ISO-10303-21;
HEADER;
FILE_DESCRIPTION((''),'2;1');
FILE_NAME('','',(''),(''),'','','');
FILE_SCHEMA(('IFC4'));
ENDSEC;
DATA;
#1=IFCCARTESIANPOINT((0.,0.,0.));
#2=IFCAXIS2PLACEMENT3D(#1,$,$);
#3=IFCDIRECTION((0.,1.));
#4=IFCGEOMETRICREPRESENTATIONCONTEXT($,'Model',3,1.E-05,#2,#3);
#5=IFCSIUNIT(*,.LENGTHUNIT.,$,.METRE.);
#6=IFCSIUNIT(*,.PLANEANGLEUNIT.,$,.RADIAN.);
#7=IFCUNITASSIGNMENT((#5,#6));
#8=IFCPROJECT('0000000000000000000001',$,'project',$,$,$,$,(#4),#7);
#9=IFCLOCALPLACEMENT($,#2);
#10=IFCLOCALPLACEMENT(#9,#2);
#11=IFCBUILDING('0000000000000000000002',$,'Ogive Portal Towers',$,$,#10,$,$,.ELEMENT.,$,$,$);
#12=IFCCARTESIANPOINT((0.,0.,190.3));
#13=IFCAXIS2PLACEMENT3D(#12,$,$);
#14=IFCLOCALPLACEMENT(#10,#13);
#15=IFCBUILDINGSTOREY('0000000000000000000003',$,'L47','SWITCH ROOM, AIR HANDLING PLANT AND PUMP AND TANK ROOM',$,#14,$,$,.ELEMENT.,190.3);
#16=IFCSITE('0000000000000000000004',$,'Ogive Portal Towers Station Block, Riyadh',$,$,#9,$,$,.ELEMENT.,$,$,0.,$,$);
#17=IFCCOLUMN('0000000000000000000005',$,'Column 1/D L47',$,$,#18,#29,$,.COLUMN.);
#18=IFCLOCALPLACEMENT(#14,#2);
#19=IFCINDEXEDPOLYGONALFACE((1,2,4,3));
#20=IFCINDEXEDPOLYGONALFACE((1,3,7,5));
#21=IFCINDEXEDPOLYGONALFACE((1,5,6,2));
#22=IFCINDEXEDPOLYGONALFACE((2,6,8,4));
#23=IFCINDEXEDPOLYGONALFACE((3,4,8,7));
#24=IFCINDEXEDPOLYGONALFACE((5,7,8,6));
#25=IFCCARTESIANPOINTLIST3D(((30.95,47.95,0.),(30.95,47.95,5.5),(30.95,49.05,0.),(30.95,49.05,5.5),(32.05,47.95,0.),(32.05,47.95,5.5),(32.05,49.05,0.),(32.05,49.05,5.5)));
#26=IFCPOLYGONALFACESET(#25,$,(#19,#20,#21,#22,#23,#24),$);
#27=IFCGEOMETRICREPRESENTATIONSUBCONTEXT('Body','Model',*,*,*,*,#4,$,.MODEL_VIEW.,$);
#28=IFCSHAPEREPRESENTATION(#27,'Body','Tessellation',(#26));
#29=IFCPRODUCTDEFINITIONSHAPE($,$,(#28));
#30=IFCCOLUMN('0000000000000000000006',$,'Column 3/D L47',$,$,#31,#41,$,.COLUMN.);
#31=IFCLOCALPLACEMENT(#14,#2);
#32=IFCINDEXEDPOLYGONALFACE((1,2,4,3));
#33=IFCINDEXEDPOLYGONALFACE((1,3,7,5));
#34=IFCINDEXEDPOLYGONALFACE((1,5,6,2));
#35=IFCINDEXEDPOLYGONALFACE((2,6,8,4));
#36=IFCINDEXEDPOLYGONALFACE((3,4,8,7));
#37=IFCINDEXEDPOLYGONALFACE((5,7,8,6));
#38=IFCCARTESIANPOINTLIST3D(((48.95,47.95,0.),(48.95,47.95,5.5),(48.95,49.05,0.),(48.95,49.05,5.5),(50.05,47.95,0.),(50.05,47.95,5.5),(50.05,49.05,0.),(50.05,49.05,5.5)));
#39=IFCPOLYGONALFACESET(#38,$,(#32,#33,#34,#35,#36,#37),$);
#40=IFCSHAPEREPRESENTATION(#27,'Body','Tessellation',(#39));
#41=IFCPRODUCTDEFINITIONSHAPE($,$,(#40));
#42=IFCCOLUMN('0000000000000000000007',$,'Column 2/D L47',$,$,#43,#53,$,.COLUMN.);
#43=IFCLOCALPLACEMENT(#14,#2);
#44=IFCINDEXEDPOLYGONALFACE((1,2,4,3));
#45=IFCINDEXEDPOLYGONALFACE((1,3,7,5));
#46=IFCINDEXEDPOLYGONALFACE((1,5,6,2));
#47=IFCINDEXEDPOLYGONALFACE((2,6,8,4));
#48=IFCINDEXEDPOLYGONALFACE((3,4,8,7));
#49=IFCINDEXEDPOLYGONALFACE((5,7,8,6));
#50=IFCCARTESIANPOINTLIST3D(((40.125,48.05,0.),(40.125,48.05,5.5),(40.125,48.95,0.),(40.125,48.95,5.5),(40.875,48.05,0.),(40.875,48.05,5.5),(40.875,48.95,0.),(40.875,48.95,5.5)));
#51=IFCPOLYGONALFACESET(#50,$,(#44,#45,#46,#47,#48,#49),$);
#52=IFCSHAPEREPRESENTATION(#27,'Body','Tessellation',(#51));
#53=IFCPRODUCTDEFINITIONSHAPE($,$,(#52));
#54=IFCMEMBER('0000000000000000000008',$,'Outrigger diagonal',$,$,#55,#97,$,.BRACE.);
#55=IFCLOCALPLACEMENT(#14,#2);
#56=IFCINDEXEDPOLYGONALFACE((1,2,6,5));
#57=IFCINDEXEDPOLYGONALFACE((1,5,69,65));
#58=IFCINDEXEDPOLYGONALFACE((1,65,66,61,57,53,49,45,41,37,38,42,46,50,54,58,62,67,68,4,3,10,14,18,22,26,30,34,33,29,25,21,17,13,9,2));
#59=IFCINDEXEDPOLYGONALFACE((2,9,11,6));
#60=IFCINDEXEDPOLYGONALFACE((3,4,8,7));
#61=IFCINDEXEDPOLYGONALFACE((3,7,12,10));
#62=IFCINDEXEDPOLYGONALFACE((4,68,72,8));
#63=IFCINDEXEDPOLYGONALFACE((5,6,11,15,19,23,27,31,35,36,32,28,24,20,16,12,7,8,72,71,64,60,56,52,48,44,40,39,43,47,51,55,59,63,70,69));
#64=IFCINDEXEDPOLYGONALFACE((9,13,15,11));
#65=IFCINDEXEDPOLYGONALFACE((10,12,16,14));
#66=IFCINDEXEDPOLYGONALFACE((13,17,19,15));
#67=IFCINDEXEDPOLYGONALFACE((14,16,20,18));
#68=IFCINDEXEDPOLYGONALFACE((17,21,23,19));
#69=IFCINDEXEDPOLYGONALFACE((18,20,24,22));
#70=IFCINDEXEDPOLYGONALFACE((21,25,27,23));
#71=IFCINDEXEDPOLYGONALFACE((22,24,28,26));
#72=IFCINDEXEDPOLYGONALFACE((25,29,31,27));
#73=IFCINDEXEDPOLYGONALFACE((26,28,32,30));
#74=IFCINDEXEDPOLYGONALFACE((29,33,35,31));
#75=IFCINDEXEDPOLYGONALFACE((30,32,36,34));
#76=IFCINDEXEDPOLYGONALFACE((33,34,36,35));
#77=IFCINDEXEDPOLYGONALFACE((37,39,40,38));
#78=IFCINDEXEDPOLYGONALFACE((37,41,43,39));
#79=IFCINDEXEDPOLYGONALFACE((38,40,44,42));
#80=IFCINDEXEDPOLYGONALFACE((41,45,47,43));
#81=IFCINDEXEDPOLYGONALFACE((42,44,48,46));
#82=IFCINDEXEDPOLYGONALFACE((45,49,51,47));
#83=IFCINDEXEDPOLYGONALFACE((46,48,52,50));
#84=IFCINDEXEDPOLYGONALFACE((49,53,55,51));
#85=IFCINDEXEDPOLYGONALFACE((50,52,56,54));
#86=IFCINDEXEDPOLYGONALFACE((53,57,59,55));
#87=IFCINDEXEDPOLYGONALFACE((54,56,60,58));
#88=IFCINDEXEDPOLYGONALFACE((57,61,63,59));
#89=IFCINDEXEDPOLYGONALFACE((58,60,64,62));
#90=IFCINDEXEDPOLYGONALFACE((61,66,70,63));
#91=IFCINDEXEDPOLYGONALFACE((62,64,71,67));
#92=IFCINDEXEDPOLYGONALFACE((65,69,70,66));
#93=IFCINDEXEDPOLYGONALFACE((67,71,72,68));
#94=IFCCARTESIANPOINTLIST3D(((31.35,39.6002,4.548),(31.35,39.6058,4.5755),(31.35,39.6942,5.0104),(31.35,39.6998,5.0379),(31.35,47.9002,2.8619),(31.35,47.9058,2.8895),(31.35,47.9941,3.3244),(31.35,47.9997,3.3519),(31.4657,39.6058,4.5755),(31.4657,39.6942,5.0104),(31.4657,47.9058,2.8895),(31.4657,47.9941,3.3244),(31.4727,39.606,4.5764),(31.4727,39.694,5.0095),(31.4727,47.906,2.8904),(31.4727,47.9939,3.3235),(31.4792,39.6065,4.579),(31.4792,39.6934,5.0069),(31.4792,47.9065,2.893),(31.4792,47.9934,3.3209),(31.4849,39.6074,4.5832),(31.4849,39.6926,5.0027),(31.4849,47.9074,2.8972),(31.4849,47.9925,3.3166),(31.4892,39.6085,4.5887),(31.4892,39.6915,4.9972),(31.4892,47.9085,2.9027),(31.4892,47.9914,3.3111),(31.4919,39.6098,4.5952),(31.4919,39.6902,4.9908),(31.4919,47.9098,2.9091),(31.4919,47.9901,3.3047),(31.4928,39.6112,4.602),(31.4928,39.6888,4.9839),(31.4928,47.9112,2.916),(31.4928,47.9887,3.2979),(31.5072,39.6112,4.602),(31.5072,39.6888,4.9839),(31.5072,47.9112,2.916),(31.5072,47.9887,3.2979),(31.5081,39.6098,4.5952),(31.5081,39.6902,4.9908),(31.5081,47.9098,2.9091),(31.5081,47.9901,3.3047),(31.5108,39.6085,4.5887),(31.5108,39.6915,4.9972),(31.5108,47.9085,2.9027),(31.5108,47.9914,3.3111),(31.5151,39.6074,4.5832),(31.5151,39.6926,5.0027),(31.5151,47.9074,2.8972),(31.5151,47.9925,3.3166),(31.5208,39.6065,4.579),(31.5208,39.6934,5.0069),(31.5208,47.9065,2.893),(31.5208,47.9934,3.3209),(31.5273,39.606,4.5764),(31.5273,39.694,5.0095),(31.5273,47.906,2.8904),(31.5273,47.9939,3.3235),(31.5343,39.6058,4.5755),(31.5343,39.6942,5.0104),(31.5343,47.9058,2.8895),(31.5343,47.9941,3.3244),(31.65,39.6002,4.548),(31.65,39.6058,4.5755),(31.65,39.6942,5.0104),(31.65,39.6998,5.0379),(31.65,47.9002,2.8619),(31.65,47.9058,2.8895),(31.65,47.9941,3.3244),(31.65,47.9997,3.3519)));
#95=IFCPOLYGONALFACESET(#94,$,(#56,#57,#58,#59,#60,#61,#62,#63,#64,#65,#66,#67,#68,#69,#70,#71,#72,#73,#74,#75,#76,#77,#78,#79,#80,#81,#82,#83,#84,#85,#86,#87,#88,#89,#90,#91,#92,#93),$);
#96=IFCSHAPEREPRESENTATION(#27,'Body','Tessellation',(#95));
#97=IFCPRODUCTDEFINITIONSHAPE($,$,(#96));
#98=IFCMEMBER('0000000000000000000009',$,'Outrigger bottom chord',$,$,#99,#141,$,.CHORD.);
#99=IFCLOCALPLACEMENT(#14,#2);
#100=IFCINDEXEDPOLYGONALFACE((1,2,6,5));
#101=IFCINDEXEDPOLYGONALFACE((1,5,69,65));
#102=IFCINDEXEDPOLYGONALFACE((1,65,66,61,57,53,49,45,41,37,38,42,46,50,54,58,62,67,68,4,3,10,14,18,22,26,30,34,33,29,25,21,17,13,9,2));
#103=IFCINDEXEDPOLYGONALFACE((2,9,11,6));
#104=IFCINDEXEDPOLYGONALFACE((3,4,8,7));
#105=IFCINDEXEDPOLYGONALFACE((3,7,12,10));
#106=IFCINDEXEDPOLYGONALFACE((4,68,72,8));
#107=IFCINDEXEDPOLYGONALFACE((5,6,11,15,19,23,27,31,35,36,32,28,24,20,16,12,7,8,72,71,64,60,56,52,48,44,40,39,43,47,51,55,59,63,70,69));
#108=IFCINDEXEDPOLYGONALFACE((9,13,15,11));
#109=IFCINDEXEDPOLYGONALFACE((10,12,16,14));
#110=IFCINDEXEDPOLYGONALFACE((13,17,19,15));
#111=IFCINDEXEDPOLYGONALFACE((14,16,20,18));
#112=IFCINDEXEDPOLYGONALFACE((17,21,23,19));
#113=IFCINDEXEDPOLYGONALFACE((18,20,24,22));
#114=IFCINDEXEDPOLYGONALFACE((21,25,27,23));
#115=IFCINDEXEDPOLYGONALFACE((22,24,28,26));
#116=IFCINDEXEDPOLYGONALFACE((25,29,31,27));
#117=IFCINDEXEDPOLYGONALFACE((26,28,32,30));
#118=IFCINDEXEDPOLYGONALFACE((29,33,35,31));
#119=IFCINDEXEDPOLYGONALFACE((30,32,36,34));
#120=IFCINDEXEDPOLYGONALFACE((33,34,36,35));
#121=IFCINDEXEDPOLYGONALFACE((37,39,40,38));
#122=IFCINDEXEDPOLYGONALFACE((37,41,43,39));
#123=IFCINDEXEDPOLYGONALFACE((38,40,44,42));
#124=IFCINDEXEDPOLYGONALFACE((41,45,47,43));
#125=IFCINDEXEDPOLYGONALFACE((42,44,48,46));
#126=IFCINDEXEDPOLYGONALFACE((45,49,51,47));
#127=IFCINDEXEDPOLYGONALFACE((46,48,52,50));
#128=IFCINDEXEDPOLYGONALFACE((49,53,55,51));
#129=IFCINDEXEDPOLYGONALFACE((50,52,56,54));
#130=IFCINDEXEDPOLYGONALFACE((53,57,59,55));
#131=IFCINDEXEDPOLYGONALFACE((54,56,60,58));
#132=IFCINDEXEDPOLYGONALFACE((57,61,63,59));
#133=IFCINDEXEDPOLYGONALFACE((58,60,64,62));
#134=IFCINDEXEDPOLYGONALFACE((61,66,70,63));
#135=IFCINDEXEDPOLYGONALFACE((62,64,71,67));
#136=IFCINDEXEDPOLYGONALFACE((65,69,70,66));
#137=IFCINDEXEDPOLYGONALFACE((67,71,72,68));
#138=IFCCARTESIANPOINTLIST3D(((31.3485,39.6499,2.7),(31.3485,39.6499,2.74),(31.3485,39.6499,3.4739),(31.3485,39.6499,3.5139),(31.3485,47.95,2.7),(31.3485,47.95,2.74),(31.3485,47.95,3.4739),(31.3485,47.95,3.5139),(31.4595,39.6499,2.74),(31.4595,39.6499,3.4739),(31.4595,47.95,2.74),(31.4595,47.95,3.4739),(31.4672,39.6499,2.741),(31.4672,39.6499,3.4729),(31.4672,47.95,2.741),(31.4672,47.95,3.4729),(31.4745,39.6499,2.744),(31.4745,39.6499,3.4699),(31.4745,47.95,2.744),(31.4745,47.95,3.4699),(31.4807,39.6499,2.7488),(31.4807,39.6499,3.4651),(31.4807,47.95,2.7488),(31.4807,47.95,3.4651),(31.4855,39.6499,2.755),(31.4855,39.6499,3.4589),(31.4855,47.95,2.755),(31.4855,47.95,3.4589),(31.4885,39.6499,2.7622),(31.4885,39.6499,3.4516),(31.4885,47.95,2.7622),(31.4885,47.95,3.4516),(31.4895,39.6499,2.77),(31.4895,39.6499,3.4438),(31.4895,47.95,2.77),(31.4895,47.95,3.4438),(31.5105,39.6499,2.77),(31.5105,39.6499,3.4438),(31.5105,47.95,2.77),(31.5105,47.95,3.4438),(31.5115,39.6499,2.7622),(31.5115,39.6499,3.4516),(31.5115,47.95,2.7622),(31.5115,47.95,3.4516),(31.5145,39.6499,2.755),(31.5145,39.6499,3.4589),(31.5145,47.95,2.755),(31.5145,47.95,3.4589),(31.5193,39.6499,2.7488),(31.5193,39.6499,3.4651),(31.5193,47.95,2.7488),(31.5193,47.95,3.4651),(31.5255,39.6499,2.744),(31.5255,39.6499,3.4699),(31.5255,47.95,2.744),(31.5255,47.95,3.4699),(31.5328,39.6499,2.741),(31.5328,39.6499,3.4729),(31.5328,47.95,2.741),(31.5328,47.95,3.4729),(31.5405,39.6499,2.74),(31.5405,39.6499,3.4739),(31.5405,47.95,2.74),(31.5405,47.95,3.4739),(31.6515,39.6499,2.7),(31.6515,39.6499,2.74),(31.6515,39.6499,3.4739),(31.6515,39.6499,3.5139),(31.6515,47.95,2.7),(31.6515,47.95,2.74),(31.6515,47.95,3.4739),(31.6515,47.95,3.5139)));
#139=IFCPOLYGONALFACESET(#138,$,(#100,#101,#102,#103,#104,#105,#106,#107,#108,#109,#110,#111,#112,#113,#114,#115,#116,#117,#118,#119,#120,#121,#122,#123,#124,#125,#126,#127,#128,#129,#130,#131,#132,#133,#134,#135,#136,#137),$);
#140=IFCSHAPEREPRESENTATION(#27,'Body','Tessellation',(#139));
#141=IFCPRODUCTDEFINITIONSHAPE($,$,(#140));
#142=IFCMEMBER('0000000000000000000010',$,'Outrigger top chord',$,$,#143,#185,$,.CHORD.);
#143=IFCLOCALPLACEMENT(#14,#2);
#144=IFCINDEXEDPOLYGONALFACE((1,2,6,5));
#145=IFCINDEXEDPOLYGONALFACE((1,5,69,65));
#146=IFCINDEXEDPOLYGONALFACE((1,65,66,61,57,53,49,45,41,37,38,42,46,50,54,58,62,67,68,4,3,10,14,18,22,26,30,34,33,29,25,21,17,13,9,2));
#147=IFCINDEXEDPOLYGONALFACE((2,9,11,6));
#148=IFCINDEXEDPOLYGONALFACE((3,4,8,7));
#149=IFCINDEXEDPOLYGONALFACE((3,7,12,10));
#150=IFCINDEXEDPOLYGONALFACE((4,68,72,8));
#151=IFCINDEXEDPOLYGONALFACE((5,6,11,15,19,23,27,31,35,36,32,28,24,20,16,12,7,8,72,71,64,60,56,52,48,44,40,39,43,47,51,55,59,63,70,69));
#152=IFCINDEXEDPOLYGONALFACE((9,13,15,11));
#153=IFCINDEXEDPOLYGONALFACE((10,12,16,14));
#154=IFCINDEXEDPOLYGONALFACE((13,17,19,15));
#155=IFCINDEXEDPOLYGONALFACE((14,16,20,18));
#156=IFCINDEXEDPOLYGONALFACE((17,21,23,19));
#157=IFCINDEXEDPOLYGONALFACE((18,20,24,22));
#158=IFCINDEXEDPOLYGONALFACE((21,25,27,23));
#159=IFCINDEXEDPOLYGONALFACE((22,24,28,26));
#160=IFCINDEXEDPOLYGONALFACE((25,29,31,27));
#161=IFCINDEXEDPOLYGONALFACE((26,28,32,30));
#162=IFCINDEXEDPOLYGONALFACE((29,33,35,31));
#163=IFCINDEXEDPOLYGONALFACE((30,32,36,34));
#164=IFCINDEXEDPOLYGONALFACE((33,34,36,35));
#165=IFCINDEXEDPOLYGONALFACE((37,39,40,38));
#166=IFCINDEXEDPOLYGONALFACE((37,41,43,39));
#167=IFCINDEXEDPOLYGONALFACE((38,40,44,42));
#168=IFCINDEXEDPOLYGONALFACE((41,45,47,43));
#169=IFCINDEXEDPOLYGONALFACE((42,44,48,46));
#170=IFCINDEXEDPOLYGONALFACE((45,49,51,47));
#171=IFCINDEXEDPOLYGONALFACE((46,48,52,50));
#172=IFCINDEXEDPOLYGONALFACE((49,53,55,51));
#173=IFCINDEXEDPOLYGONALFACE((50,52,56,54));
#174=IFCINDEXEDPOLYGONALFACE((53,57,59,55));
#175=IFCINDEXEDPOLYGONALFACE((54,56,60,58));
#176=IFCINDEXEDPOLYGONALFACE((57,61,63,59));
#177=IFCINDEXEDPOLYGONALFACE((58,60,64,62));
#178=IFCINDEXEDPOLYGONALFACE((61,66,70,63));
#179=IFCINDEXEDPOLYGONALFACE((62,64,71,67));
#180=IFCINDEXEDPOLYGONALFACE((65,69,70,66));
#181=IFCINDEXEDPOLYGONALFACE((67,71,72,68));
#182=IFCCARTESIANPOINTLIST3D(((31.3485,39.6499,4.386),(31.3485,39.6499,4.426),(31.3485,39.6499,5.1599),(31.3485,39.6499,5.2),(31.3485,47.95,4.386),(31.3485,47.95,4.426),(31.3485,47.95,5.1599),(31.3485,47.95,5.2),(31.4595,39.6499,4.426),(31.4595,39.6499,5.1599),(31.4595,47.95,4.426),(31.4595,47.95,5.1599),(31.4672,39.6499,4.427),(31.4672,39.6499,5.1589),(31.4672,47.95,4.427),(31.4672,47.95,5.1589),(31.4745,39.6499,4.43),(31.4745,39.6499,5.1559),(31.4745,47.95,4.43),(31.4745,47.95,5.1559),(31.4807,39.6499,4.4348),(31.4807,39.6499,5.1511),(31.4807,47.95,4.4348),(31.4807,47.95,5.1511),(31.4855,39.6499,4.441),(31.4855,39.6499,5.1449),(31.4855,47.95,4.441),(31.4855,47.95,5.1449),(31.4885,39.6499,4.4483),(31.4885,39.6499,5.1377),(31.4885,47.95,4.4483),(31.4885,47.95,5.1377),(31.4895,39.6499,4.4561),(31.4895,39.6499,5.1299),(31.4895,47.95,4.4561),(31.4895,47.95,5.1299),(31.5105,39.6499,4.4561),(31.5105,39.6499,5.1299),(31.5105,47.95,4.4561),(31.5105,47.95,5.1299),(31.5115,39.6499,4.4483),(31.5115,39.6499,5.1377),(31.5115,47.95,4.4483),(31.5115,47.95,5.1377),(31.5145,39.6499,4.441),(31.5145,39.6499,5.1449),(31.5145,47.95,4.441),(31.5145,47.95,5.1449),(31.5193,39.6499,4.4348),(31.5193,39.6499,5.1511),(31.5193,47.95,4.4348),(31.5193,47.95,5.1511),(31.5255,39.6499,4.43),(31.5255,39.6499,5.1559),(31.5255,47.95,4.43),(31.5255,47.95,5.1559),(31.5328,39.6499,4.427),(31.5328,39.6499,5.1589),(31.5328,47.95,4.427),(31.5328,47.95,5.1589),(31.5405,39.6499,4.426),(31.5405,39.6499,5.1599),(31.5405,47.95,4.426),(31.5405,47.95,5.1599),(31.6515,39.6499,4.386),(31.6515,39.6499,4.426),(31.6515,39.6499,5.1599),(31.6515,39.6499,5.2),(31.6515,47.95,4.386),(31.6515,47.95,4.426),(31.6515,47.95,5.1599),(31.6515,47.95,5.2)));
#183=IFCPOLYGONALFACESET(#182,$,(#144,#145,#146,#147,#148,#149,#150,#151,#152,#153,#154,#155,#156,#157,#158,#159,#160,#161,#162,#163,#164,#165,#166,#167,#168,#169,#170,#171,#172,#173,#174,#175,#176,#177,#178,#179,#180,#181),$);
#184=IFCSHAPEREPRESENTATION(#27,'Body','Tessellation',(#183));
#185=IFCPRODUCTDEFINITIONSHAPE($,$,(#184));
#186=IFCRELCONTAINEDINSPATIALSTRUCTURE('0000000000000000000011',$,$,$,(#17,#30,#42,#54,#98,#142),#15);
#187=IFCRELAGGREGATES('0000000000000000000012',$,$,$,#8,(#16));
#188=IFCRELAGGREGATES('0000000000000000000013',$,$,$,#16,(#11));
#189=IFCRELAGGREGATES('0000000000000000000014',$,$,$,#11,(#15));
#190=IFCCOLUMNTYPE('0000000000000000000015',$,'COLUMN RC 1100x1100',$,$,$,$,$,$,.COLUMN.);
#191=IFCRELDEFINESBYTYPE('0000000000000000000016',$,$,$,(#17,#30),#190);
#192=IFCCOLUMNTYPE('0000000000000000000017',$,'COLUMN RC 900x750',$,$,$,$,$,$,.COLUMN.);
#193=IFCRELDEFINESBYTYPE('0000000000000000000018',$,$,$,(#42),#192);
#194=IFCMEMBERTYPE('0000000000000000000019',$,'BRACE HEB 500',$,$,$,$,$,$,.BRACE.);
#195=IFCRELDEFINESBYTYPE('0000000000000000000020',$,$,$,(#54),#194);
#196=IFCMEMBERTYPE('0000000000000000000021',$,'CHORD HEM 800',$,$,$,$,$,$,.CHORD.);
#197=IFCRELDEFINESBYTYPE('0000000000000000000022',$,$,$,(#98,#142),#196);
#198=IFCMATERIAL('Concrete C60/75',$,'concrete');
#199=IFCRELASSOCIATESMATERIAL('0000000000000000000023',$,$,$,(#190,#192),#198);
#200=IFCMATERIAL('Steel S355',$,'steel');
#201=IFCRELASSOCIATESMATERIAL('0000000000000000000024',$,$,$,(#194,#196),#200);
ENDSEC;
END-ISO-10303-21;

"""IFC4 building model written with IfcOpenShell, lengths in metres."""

from ifc_helpers import new_model, si_unit, direction, frame, origin, origin_2d, place, context, subcontext, project, spatial, rectangle, i_section, extrude, material, material_profile, profile_set, type_object, element, save


model = new_model("IFC4")

# Units and contexts
model_context = context("Model", 3, precision=1e-05, world=origin(), true_north=direction((0.0, 1.0)))
body_context = subcontext(model_context, "Body", "Model", "MODEL_VIEW")
ifc_project = project(units=[si_unit("LENGTHUNIT", "METRE"), si_unit("PLANEANGLEUNIT", "RADIAN")], contexts=[model_context])

# Site, building, storey
site_placement = place(None, origin())
site = spatial("IfcSite", under=ifc_project, at=site_placement, Name="Ogive Portal Towers Station Block, Riyadh", CompositionType="ELEMENT", RefElevation=0.0)
building_placement = place(site_placement, origin())
building = spatial("IfcBuilding", under=site, at=building_placement, Name="Ogive Portal Towers", CompositionType="ELEMENT")
storey_placement = place(building_placement, frame((0.0, 0.0, 190.3)))
storey = spatial("IfcBuildingStorey", under=building, at=storey_placement, Name="L47", Description="SWITCH ROOM, AIR HANDLING PLANT AND PUMP AND TANK ROOM", CompositionType="ELEMENT", Elevation=190.3)

# Columns
ifc_material_1 = material(Name="Concrete C60/75", Category="concrete")
ifc_material_profile_1 = material_profile(ifc_material_1, rectangle(XDim=1.1001, YDim=1.1001, at=origin_2d()), Name="RC 1100x1100")
ifc_profile_set_1 = profile_set([ifc_material_profile_1], Name="Concrete C60/75")
column_type_1 = type_object("IfcColumnType", Name="COLUMN RC 1100x1100", PredefinedType="COLUMN", material=ifc_profile_set_1)
for number, where, z_axis, x_axis, name in (
    (1, (31.5, 48.5, 0.0), (0.0, 0.0, 1.0), (1.0, 0.0, 0.0), "Column 1/D L47"),
    (2, (49.5, 48.5, 0.0), (0.0, 0.0, 1.0), (1.0, 0.0, 0.0), "Column 3/D L47"),
):
    element("IfcColumn", number, at=place(storey_placement, frame(where, z_axis=z_axis, x_axis=x_axis)), inside=storey, type_object=column_type_1, Name=name, PredefinedType="COLUMN", context=body_context, shape_type="SweptSolid", body=[
        extrude(rectangle(XDim=1.1001, YDim=1.1001, at=origin_2d()), origin(), (0.0, 0.0, 1.0), 5.5),
    ])
ifc_material_profile_2 = material_profile(ifc_material_1, rectangle(XDim=0.8999, YDim=0.75, at=origin_2d()), Name="RC 900x750")
ifc_profile_set_2 = profile_set([ifc_material_profile_2], Name="Concrete C60/75")
column_type_2 = type_object("IfcColumnType", Name="COLUMN RC 900x750", PredefinedType="COLUMN", material=ifc_profile_set_2)
column_placement = place(storey_placement, frame((40.5, 48.5, 0.0), z_axis=(0.0, 0.0, 1.0), x_axis=(0.0, 1.0, 0.0)))
element("IfcColumn", 3, at=column_placement, inside=storey, type_object=column_type_2, Name="Column 2/D L47", PredefinedType="COLUMN", context=body_context, shape_type="SweptSolid", body=[
    extrude(rectangle(XDim=0.8999, YDim=0.75, at=origin_2d()), origin(), (0.0, 0.0, 1.0), 5.5),
])

# Members
ifc_material_2 = material(Name="Steel S355", Category="steel")
ifc_material_profile_3 = material_profile(ifc_material_2, i_section(OverallWidth=0.3, OverallDepth=0.5, WebThickness=0.0144, FlangeThickness=0.0281, FilletRadius=0.0271, at=origin_2d()), Name="HEB 500")
ifc_profile_set_3 = profile_set([ifc_material_profile_3], Name="Steel S355")
member_type_1 = type_object("IfcMemberType", Name="BRACE HEB 500", PredefinedType="BRACE", material=ifc_profile_set_3)
member_placement = place(storey_placement, frame((31.5, 47.95, 3.1069), z_axis=(0.0, -0.979985, 0.19907), x_axis=(1.0, 0.0, 0.0)))
element("IfcMember", 4, at=member_placement, inside=storey, type_object=member_type_1, Name="Outrigger diagonal", PredefinedType="BRACE", context=body_context, shape_type="SweptSolid", body=[
    extrude(i_section(OverallWidth=0.3, OverallDepth=0.5, WebThickness=0.0144, FlangeThickness=0.0281, FilletRadius=0.0271, at=origin_2d()), origin(), (0.0, 0.0, 1.0), 8.4695),
])
ifc_material_profile_4 = material_profile(ifc_material_2, i_section(OverallWidth=0.303, OverallDepth=0.814, WebThickness=0.021, FlangeThickness=0.04, FilletRadius=0.03, at=origin_2d()), Name="HEM 800")
ifc_profile_set_4 = profile_set([ifc_material_profile_4], Name="Steel S355")
member_type_2 = type_object("IfcMemberType", Name="CHORD HEM 800", PredefinedType="CHORD", material=ifc_profile_set_4)
for number, where, z_axis, x_axis, name in (
    (5, (31.5, 47.95, 3.1069), (0.0, -1.0, 0.0), (1.0, 0.0, 0.0), "Outrigger bottom chord"),
    (6, (31.5, 47.95, 4.793), (0.0, -1.0, 0.0), (1.0, 0.0, 0.0), "Outrigger top chord"),
):
    element("IfcMember", number, at=place(storey_placement, frame(where, z_axis=z_axis, x_axis=x_axis)), inside=storey, type_object=member_type_2, Name=name, PredefinedType="CHORD", context=body_context, shape_type="SweptSolid", body=[
        extrude(i_section(OverallWidth=0.303, OverallDepth=0.814, WebThickness=0.021, FlangeThickness=0.04, FilletRadius=0.03, at=origin_2d()), origin(), (0.0, 0.0, 1.0), 8.3),
    ])

save(model, "model.ifc")
